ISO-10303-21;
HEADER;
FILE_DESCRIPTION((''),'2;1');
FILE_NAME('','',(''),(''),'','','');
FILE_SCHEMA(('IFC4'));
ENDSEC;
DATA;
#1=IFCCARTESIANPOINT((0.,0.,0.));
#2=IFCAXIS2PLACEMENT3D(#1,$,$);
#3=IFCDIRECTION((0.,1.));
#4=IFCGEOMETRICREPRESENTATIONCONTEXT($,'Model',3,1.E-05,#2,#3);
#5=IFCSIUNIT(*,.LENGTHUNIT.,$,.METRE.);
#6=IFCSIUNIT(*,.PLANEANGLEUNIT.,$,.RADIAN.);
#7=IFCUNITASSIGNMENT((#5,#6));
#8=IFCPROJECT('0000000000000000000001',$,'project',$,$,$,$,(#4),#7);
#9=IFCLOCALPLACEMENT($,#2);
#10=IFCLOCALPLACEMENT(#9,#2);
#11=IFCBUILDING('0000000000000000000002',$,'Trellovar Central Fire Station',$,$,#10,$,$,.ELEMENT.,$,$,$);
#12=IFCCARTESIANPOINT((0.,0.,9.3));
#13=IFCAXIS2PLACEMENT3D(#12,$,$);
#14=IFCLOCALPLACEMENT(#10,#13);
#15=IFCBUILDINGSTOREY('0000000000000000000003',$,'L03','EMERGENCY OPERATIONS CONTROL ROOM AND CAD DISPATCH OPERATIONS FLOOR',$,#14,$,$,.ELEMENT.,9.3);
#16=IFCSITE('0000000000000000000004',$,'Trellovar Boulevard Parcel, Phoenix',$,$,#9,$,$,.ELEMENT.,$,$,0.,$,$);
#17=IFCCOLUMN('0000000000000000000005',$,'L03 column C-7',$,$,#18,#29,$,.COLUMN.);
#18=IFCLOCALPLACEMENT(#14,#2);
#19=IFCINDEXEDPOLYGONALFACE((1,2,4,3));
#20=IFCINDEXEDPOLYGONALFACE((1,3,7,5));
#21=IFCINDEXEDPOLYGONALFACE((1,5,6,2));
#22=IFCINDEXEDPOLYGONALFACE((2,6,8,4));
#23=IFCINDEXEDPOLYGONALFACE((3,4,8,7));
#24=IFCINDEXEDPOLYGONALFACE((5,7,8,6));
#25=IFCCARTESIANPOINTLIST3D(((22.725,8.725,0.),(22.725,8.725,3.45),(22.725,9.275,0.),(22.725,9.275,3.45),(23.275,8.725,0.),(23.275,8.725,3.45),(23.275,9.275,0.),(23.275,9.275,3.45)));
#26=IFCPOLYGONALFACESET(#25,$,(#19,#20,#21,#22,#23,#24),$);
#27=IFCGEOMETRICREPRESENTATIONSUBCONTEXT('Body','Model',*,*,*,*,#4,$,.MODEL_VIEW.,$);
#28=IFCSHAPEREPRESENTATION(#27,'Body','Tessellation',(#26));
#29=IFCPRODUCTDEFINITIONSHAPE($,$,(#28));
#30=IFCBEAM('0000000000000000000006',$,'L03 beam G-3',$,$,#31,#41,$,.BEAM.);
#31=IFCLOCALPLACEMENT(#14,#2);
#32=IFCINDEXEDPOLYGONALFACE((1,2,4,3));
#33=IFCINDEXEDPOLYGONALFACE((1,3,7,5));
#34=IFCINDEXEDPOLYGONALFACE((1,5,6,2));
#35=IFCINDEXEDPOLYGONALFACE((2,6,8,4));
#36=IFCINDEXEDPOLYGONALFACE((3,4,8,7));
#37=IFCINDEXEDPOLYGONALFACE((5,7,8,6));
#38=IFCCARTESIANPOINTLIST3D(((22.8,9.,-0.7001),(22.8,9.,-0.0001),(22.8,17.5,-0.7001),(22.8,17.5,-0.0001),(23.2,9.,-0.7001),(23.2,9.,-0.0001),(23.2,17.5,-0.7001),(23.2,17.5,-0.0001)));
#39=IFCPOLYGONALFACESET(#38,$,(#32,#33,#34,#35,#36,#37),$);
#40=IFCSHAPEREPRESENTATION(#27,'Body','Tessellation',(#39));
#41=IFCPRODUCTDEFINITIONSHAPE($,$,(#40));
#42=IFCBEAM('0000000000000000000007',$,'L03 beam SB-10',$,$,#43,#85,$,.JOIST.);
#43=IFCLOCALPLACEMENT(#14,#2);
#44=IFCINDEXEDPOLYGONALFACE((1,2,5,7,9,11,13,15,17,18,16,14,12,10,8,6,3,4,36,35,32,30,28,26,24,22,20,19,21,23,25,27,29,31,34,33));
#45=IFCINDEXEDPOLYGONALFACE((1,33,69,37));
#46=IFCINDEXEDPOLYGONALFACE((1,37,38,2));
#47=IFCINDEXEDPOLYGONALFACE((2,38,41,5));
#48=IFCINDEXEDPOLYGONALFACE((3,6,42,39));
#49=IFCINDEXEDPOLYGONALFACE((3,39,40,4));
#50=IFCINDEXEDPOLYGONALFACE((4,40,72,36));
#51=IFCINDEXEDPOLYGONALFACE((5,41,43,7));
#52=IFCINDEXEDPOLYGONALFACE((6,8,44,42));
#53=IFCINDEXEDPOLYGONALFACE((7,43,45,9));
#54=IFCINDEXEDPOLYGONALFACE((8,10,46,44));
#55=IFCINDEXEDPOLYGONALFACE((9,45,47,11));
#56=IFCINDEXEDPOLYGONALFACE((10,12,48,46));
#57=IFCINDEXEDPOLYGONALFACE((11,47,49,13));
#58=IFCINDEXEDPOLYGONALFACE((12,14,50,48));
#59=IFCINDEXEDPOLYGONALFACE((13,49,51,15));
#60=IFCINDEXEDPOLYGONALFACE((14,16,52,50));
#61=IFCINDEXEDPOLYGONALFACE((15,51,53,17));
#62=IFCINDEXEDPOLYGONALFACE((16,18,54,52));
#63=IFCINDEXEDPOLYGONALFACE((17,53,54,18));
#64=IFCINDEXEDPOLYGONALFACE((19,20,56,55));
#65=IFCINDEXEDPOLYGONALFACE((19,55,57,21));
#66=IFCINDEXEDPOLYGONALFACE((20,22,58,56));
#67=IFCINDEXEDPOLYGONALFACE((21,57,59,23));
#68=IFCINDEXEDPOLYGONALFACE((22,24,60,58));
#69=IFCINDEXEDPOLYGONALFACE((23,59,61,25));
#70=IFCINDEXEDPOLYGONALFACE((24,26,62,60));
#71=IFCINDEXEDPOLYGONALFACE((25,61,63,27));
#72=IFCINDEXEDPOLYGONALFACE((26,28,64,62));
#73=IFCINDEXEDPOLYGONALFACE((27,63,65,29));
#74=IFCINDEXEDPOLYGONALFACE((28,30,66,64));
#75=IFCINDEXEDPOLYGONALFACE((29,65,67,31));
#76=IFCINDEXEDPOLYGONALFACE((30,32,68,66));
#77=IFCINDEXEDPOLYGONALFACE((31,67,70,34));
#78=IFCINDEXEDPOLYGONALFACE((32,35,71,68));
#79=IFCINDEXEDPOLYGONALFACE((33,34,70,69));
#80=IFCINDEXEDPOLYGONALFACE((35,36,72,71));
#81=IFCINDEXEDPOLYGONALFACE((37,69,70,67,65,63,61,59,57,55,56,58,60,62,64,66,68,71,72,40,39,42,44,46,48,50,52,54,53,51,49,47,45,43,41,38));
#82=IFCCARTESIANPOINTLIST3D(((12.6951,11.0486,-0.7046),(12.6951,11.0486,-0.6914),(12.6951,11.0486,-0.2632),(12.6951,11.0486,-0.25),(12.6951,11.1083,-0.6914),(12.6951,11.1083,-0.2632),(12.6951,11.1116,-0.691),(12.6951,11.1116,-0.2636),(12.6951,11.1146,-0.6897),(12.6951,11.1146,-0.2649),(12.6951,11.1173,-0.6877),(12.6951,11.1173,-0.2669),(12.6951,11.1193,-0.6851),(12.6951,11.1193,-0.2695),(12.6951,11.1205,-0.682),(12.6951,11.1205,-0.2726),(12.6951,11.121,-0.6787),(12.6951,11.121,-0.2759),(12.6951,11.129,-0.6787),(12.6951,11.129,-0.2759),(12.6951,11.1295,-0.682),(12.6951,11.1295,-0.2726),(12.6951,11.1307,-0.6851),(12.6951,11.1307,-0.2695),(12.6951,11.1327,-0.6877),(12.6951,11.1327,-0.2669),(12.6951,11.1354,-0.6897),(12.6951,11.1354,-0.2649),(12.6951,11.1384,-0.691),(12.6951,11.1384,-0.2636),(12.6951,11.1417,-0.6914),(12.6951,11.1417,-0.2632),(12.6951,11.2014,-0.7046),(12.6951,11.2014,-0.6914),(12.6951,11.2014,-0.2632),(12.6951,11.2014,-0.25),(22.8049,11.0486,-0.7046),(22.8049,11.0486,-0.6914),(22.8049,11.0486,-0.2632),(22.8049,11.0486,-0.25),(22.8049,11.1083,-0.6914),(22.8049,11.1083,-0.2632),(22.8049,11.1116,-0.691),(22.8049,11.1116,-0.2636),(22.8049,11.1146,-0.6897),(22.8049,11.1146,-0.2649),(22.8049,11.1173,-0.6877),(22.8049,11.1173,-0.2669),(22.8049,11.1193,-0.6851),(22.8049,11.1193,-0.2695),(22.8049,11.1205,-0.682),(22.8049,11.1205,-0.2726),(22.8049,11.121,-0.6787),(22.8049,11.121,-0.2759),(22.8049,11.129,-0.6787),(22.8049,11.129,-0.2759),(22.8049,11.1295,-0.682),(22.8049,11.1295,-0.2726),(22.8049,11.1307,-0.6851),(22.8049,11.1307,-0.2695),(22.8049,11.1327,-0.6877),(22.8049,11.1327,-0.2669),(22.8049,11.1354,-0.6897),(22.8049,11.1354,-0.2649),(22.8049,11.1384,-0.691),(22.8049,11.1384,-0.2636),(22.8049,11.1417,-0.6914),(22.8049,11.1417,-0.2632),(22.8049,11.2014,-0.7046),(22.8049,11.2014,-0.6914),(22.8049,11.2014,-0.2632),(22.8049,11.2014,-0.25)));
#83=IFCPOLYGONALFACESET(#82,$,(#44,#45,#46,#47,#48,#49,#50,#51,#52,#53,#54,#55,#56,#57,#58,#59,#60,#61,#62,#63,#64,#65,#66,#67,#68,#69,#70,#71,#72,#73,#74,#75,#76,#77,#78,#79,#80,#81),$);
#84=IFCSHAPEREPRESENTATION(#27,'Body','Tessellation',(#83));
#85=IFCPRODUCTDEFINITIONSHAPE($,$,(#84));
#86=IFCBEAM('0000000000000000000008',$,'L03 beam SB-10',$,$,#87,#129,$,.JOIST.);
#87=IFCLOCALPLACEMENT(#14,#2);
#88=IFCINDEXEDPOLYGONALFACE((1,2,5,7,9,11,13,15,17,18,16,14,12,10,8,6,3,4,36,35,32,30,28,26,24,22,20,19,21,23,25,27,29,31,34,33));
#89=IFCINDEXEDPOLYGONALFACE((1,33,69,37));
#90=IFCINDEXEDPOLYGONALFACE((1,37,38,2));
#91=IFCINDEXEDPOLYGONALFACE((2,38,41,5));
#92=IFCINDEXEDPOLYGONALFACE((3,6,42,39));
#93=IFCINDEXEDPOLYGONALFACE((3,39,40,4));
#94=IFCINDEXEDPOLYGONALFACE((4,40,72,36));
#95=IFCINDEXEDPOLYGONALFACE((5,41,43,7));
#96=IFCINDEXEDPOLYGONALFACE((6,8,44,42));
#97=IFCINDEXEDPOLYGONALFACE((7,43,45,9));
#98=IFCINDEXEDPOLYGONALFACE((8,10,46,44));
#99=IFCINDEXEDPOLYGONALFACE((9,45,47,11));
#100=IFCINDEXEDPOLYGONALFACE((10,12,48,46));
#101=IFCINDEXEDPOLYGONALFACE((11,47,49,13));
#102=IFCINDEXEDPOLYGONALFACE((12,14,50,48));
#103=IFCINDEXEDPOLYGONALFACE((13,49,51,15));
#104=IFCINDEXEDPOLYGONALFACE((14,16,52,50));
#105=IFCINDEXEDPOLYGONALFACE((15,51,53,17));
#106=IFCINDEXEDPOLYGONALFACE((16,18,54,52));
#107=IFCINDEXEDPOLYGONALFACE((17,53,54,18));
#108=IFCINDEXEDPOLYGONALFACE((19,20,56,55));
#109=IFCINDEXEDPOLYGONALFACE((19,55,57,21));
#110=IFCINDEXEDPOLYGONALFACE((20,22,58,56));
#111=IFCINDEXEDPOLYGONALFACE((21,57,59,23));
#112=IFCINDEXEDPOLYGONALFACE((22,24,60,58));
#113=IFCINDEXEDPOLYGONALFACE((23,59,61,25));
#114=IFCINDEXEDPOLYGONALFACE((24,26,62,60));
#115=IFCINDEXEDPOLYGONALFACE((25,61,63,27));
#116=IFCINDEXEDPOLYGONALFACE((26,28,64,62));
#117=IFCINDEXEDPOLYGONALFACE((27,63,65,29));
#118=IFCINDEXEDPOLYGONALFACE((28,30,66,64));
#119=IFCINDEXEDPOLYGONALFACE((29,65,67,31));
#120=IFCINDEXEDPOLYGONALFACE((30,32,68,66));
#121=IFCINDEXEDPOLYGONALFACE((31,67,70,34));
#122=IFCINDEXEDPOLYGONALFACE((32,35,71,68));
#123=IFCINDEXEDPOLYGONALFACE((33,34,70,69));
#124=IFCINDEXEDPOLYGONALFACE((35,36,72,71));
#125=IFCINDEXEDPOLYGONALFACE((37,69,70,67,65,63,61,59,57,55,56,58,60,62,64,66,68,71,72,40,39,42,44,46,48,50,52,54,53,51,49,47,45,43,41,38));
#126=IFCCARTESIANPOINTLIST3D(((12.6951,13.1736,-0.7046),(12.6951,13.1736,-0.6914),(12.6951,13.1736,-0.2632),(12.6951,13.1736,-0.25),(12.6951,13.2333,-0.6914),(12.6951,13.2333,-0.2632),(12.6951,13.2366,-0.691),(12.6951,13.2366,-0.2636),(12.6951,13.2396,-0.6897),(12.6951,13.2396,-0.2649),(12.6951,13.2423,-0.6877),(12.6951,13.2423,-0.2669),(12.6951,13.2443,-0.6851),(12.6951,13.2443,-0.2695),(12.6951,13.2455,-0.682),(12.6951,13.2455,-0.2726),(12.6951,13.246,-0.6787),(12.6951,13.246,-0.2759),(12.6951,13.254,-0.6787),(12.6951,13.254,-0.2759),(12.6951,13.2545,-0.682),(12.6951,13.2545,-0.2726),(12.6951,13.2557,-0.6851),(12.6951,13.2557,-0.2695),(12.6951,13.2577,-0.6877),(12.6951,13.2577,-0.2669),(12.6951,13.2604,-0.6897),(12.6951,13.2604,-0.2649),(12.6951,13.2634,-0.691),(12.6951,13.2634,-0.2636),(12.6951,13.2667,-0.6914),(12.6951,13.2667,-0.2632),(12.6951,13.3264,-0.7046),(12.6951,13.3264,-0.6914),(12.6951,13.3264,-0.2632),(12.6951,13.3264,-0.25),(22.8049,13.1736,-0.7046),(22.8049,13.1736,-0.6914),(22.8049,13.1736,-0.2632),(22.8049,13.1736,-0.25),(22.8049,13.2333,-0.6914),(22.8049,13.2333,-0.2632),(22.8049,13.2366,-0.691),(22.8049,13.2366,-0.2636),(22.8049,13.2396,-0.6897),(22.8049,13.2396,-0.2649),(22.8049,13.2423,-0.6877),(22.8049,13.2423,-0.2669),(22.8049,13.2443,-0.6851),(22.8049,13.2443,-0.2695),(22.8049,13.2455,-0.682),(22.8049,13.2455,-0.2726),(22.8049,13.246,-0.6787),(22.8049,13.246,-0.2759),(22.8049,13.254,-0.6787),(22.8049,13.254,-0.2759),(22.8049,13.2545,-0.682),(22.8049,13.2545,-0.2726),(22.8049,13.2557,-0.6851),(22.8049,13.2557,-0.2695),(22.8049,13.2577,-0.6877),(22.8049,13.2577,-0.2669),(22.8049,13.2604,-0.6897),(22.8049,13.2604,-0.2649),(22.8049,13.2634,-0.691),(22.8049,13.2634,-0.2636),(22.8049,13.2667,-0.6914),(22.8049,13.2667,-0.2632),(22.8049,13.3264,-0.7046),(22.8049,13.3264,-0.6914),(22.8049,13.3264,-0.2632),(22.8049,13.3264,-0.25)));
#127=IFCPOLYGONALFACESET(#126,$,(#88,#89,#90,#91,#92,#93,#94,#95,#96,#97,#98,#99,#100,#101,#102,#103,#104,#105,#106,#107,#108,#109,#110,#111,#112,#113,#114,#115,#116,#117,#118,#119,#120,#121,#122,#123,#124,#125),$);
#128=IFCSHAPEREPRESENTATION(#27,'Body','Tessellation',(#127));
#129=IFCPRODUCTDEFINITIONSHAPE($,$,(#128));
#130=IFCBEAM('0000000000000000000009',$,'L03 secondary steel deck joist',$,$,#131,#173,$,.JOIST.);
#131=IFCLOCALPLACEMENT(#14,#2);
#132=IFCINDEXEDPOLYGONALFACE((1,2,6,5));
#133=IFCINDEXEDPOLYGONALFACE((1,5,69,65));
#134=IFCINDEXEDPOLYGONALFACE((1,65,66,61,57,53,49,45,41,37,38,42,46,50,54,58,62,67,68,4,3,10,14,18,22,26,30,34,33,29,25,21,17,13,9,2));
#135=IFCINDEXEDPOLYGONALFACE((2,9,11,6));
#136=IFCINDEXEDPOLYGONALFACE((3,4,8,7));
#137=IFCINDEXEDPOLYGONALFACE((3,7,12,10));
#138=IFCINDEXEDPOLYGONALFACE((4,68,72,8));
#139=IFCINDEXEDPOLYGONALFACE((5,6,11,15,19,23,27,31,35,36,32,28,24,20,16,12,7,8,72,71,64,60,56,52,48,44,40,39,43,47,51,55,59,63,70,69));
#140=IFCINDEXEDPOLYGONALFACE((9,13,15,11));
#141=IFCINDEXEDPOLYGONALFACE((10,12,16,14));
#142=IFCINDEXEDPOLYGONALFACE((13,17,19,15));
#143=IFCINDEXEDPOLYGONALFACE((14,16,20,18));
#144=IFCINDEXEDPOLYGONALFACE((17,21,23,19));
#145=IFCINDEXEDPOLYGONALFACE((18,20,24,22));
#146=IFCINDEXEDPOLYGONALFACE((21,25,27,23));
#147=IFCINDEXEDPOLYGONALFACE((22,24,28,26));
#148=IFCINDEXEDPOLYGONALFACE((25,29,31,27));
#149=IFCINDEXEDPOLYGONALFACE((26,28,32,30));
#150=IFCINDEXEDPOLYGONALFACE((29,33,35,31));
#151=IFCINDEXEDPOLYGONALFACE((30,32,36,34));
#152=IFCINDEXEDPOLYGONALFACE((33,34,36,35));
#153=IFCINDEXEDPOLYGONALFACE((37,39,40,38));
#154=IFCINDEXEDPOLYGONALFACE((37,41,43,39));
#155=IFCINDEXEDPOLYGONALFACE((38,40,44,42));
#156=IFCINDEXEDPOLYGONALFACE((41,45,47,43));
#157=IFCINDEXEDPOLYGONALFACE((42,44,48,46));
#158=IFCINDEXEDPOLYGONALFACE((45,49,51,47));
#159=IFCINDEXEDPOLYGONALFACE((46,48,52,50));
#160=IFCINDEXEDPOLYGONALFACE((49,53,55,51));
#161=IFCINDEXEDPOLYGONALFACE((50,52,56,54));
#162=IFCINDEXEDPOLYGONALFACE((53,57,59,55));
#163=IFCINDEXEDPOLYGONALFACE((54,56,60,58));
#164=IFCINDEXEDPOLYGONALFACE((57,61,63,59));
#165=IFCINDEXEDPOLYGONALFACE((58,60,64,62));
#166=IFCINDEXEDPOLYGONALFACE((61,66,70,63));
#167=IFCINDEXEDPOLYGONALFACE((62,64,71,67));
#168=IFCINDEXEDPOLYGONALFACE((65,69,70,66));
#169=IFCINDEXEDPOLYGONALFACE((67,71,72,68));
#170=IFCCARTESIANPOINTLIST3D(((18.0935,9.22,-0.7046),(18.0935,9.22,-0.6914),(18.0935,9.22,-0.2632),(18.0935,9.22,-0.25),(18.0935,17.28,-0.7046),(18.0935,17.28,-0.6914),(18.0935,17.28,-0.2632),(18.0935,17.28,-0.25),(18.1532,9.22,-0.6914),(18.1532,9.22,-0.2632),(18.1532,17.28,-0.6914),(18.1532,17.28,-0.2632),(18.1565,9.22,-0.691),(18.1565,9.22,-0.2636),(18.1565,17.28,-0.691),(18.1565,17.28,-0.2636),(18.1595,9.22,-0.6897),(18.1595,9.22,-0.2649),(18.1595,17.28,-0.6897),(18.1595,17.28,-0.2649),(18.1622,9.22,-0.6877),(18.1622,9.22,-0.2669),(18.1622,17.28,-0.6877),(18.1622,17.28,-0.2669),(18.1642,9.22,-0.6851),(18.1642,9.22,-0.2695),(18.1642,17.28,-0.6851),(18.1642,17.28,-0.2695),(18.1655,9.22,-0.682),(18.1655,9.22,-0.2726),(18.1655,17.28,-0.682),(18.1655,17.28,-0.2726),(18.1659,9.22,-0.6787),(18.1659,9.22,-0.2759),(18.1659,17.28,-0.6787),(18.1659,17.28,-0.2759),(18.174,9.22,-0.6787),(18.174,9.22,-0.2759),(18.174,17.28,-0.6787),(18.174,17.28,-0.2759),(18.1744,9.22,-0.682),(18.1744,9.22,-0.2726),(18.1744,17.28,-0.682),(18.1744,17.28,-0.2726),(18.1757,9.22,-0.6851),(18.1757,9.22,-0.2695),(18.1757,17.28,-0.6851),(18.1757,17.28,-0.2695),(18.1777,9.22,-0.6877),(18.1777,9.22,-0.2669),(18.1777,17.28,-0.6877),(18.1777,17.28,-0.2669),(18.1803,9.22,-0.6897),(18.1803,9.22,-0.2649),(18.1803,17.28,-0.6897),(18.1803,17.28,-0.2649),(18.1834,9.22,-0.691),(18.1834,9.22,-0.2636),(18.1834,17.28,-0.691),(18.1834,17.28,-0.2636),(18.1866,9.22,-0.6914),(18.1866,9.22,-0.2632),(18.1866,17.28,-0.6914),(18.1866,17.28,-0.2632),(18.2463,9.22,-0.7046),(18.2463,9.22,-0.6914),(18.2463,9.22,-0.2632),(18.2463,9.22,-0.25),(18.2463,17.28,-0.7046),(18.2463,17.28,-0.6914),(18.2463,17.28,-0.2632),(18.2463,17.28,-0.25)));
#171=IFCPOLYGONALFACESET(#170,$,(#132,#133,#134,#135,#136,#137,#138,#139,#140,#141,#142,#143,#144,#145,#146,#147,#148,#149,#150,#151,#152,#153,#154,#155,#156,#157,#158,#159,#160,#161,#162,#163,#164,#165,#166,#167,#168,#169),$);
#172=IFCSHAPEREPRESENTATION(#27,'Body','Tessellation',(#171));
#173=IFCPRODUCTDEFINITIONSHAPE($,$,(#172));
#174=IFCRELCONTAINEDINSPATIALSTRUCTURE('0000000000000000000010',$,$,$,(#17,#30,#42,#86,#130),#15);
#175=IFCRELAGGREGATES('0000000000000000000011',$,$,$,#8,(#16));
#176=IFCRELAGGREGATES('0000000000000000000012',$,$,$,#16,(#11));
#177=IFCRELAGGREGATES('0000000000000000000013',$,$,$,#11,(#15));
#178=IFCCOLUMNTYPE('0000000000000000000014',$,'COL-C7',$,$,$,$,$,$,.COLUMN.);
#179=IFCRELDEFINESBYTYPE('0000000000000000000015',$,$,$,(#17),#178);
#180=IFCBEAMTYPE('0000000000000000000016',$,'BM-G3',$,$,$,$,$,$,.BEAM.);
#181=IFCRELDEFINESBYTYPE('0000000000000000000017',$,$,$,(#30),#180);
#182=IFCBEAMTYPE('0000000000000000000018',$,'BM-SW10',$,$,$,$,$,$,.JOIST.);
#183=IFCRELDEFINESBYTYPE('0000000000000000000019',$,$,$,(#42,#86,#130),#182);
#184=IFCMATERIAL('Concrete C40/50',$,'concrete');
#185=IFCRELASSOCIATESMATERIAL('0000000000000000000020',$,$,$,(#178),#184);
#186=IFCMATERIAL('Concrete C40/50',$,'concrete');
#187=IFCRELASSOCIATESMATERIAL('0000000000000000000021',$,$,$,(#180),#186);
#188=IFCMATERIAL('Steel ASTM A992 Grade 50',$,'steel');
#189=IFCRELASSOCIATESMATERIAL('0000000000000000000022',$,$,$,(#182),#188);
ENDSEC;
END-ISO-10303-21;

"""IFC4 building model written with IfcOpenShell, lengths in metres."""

from ifc_helpers import new_model, si_unit, direction, frame, origin, origin_2d, place, context, subcontext, project, spatial, rectangle, i_section, extrude, material, material_profile, profile_set, type_object, element, save


model = new_model("IFC4")

# Units and contexts
model_context = context("Model", 3, precision=1e-05, world=origin(), true_north=direction((0.0, 1.0)))
body_context = subcontext(model_context, "Body", "Model", "MODEL_VIEW")
ifc_project = project(units=[si_unit("LENGTHUNIT", "METRE"), si_unit("PLANEANGLEUNIT", "RADIAN")], contexts=[model_context])

# Site, building, storey
site_placement = place(None, origin())
site = spatial("IfcSite", under=ifc_project, at=site_placement, Name="Trellovar Boulevard Parcel, Phoenix", CompositionType="ELEMENT", RefElevation=0.0)
building_placement = place(site_placement, origin())
building = spatial("IfcBuilding", under=site, at=building_placement, Name="Trellovar Central Fire Station", CompositionType="ELEMENT")
storey_placement = place(building_placement, frame((0.0, 0.0, 9.3)))
storey = spatial("IfcBuildingStorey", under=building, at=storey_placement, Name="L03", Description="EMERGENCY OPERATIONS CONTROL ROOM AND CAD DISPATCH OPERATIONS FLOOR", CompositionType="ELEMENT", Elevation=9.3)

# Column
ifc_material_1 = material(Name="Concrete C40/50", Category="concrete")
ifc_material_profile_1 = material_profile(ifc_material_1, rectangle(XDim=0.55, YDim=0.55, at=origin_2d()), Name="RC550X550")
ifc_profile_set_1 = profile_set([ifc_material_profile_1], Name="Concrete C40/50")
column_type = type_object("IfcColumnType", Name="COL-C7", PredefinedType="COLUMN", material=ifc_profile_set_1)
column_placement = place(storey_placement, frame((23.0, 9.0, 0.0), z_axis=(0.0, 0.0, 1.0), x_axis=(1.0, 0.0, 0.0)))
element("IfcColumn", 1, at=column_placement, inside=storey, type_object=column_type, Name="L03 column C-7", PredefinedType="COLUMN", context=body_context, shape_type="SweptSolid", body=[
    extrude(rectangle(XDim=0.55, YDim=0.55, at=origin_2d()), origin(), (0.0, 0.0, 1.0), 3.45),
])

# Beams
ifc_material_2 = material(Name="Concrete C40/50", Category="concrete")
ifc_material_profile_2 = material_profile(ifc_material_2, rectangle(XDim=0.3999, YDim=0.7, at=origin_2d()), Name="RC400X700")
ifc_profile_set_2 = profile_set([ifc_material_profile_2], Name="Concrete C40/50")
beam_type_1 = type_object("IfcBeamType", Name="BM-G3", PredefinedType="BEAM", material=ifc_profile_set_2)
beam_1_placement = place(storey_placement, frame((23.0, 9.0, -0.3501), z_axis=(0.0, 1.0, 0.0), x_axis=(-1.0, 0.0, 0.0)))
element("IfcBeam", 2, at=beam_1_placement, inside=storey, type_object=beam_type_1, Name="L03 beam G-3", PredefinedType="BEAM", context=body_context, shape_type="SweptSolid", body=[
    extrude(rectangle(XDim=0.3999, YDim=0.7, at=origin_2d()), origin(), (0.0, 0.0, 1.0), 8.5),
])
ifc_material_3 = material(Name="Steel ASTM A992 Grade 50", Category="steel")
ifc_material_profile_3 = material_profile(ifc_material_3, i_section(OverallWidth=0.1528, OverallDepth=0.4546, WebThickness=0.0081, FlangeThickness=0.0132, FilletRadius=0.0127, at=origin_2d()), Name="W18X40")
ifc_profile_set_3 = profile_set([ifc_material_profile_3], Name="Steel ASTM A992 Grade 50")
beam_type_2 = type_object("IfcBeamType", Name="BM-SW10", PredefinedType="JOIST", material=ifc_profile_set_3)
for number, where, z_axis, x_axis, name in (
    (3, (12.6951, 11.125, -0.4773), (1.0, 0.0, 0.0), (0.0, 1.0, 0.0), "L03 beam SB-10"),
    (4, (12.6951, 13.25, -0.4773), (1.0, 0.0, 0.0), (0.0, 1.0, 0.0), "L03 beam SB-10"),
):
    element("IfcBeam", number, at=place(storey_placement, frame(where, z_axis=z_axis, x_axis=x_axis)), inside=storey, type_object=beam_type_2, Name=name, PredefinedType="JOIST", context=body_context, shape_type="SweptSolid", body=[
        extrude(i_section(OverallWidth=0.1528, OverallDepth=0.4546, WebThickness=0.0081, FlangeThickness=0.0132, FilletRadius=0.0127, at=origin_2d()), origin(), (0.0, 0.0, 1.0), 10.1099),
    ])
beam_2_placement = place(storey_placement, frame((18.1699, 9.22, -0.4773), z_axis=(0.0, 1.0, 0.0), x_axis=(-1.0, 0.0, 0.0)))
element("IfcBeam", 5, at=beam_2_placement, inside=storey, type_object=beam_type_2, Name="L03 secondary steel deck joist", PredefinedType="JOIST", context=body_context, shape_type="SweptSolid", body=[
    extrude(i_section(OverallWidth=0.1528, OverallDepth=0.4546, WebThickness=0.0081, FlangeThickness=0.0132, FilletRadius=0.0127, at=origin_2d()), origin(), (0.0, 0.0, 1.0), 8.0601),
])

save(model, "model.ifc")
